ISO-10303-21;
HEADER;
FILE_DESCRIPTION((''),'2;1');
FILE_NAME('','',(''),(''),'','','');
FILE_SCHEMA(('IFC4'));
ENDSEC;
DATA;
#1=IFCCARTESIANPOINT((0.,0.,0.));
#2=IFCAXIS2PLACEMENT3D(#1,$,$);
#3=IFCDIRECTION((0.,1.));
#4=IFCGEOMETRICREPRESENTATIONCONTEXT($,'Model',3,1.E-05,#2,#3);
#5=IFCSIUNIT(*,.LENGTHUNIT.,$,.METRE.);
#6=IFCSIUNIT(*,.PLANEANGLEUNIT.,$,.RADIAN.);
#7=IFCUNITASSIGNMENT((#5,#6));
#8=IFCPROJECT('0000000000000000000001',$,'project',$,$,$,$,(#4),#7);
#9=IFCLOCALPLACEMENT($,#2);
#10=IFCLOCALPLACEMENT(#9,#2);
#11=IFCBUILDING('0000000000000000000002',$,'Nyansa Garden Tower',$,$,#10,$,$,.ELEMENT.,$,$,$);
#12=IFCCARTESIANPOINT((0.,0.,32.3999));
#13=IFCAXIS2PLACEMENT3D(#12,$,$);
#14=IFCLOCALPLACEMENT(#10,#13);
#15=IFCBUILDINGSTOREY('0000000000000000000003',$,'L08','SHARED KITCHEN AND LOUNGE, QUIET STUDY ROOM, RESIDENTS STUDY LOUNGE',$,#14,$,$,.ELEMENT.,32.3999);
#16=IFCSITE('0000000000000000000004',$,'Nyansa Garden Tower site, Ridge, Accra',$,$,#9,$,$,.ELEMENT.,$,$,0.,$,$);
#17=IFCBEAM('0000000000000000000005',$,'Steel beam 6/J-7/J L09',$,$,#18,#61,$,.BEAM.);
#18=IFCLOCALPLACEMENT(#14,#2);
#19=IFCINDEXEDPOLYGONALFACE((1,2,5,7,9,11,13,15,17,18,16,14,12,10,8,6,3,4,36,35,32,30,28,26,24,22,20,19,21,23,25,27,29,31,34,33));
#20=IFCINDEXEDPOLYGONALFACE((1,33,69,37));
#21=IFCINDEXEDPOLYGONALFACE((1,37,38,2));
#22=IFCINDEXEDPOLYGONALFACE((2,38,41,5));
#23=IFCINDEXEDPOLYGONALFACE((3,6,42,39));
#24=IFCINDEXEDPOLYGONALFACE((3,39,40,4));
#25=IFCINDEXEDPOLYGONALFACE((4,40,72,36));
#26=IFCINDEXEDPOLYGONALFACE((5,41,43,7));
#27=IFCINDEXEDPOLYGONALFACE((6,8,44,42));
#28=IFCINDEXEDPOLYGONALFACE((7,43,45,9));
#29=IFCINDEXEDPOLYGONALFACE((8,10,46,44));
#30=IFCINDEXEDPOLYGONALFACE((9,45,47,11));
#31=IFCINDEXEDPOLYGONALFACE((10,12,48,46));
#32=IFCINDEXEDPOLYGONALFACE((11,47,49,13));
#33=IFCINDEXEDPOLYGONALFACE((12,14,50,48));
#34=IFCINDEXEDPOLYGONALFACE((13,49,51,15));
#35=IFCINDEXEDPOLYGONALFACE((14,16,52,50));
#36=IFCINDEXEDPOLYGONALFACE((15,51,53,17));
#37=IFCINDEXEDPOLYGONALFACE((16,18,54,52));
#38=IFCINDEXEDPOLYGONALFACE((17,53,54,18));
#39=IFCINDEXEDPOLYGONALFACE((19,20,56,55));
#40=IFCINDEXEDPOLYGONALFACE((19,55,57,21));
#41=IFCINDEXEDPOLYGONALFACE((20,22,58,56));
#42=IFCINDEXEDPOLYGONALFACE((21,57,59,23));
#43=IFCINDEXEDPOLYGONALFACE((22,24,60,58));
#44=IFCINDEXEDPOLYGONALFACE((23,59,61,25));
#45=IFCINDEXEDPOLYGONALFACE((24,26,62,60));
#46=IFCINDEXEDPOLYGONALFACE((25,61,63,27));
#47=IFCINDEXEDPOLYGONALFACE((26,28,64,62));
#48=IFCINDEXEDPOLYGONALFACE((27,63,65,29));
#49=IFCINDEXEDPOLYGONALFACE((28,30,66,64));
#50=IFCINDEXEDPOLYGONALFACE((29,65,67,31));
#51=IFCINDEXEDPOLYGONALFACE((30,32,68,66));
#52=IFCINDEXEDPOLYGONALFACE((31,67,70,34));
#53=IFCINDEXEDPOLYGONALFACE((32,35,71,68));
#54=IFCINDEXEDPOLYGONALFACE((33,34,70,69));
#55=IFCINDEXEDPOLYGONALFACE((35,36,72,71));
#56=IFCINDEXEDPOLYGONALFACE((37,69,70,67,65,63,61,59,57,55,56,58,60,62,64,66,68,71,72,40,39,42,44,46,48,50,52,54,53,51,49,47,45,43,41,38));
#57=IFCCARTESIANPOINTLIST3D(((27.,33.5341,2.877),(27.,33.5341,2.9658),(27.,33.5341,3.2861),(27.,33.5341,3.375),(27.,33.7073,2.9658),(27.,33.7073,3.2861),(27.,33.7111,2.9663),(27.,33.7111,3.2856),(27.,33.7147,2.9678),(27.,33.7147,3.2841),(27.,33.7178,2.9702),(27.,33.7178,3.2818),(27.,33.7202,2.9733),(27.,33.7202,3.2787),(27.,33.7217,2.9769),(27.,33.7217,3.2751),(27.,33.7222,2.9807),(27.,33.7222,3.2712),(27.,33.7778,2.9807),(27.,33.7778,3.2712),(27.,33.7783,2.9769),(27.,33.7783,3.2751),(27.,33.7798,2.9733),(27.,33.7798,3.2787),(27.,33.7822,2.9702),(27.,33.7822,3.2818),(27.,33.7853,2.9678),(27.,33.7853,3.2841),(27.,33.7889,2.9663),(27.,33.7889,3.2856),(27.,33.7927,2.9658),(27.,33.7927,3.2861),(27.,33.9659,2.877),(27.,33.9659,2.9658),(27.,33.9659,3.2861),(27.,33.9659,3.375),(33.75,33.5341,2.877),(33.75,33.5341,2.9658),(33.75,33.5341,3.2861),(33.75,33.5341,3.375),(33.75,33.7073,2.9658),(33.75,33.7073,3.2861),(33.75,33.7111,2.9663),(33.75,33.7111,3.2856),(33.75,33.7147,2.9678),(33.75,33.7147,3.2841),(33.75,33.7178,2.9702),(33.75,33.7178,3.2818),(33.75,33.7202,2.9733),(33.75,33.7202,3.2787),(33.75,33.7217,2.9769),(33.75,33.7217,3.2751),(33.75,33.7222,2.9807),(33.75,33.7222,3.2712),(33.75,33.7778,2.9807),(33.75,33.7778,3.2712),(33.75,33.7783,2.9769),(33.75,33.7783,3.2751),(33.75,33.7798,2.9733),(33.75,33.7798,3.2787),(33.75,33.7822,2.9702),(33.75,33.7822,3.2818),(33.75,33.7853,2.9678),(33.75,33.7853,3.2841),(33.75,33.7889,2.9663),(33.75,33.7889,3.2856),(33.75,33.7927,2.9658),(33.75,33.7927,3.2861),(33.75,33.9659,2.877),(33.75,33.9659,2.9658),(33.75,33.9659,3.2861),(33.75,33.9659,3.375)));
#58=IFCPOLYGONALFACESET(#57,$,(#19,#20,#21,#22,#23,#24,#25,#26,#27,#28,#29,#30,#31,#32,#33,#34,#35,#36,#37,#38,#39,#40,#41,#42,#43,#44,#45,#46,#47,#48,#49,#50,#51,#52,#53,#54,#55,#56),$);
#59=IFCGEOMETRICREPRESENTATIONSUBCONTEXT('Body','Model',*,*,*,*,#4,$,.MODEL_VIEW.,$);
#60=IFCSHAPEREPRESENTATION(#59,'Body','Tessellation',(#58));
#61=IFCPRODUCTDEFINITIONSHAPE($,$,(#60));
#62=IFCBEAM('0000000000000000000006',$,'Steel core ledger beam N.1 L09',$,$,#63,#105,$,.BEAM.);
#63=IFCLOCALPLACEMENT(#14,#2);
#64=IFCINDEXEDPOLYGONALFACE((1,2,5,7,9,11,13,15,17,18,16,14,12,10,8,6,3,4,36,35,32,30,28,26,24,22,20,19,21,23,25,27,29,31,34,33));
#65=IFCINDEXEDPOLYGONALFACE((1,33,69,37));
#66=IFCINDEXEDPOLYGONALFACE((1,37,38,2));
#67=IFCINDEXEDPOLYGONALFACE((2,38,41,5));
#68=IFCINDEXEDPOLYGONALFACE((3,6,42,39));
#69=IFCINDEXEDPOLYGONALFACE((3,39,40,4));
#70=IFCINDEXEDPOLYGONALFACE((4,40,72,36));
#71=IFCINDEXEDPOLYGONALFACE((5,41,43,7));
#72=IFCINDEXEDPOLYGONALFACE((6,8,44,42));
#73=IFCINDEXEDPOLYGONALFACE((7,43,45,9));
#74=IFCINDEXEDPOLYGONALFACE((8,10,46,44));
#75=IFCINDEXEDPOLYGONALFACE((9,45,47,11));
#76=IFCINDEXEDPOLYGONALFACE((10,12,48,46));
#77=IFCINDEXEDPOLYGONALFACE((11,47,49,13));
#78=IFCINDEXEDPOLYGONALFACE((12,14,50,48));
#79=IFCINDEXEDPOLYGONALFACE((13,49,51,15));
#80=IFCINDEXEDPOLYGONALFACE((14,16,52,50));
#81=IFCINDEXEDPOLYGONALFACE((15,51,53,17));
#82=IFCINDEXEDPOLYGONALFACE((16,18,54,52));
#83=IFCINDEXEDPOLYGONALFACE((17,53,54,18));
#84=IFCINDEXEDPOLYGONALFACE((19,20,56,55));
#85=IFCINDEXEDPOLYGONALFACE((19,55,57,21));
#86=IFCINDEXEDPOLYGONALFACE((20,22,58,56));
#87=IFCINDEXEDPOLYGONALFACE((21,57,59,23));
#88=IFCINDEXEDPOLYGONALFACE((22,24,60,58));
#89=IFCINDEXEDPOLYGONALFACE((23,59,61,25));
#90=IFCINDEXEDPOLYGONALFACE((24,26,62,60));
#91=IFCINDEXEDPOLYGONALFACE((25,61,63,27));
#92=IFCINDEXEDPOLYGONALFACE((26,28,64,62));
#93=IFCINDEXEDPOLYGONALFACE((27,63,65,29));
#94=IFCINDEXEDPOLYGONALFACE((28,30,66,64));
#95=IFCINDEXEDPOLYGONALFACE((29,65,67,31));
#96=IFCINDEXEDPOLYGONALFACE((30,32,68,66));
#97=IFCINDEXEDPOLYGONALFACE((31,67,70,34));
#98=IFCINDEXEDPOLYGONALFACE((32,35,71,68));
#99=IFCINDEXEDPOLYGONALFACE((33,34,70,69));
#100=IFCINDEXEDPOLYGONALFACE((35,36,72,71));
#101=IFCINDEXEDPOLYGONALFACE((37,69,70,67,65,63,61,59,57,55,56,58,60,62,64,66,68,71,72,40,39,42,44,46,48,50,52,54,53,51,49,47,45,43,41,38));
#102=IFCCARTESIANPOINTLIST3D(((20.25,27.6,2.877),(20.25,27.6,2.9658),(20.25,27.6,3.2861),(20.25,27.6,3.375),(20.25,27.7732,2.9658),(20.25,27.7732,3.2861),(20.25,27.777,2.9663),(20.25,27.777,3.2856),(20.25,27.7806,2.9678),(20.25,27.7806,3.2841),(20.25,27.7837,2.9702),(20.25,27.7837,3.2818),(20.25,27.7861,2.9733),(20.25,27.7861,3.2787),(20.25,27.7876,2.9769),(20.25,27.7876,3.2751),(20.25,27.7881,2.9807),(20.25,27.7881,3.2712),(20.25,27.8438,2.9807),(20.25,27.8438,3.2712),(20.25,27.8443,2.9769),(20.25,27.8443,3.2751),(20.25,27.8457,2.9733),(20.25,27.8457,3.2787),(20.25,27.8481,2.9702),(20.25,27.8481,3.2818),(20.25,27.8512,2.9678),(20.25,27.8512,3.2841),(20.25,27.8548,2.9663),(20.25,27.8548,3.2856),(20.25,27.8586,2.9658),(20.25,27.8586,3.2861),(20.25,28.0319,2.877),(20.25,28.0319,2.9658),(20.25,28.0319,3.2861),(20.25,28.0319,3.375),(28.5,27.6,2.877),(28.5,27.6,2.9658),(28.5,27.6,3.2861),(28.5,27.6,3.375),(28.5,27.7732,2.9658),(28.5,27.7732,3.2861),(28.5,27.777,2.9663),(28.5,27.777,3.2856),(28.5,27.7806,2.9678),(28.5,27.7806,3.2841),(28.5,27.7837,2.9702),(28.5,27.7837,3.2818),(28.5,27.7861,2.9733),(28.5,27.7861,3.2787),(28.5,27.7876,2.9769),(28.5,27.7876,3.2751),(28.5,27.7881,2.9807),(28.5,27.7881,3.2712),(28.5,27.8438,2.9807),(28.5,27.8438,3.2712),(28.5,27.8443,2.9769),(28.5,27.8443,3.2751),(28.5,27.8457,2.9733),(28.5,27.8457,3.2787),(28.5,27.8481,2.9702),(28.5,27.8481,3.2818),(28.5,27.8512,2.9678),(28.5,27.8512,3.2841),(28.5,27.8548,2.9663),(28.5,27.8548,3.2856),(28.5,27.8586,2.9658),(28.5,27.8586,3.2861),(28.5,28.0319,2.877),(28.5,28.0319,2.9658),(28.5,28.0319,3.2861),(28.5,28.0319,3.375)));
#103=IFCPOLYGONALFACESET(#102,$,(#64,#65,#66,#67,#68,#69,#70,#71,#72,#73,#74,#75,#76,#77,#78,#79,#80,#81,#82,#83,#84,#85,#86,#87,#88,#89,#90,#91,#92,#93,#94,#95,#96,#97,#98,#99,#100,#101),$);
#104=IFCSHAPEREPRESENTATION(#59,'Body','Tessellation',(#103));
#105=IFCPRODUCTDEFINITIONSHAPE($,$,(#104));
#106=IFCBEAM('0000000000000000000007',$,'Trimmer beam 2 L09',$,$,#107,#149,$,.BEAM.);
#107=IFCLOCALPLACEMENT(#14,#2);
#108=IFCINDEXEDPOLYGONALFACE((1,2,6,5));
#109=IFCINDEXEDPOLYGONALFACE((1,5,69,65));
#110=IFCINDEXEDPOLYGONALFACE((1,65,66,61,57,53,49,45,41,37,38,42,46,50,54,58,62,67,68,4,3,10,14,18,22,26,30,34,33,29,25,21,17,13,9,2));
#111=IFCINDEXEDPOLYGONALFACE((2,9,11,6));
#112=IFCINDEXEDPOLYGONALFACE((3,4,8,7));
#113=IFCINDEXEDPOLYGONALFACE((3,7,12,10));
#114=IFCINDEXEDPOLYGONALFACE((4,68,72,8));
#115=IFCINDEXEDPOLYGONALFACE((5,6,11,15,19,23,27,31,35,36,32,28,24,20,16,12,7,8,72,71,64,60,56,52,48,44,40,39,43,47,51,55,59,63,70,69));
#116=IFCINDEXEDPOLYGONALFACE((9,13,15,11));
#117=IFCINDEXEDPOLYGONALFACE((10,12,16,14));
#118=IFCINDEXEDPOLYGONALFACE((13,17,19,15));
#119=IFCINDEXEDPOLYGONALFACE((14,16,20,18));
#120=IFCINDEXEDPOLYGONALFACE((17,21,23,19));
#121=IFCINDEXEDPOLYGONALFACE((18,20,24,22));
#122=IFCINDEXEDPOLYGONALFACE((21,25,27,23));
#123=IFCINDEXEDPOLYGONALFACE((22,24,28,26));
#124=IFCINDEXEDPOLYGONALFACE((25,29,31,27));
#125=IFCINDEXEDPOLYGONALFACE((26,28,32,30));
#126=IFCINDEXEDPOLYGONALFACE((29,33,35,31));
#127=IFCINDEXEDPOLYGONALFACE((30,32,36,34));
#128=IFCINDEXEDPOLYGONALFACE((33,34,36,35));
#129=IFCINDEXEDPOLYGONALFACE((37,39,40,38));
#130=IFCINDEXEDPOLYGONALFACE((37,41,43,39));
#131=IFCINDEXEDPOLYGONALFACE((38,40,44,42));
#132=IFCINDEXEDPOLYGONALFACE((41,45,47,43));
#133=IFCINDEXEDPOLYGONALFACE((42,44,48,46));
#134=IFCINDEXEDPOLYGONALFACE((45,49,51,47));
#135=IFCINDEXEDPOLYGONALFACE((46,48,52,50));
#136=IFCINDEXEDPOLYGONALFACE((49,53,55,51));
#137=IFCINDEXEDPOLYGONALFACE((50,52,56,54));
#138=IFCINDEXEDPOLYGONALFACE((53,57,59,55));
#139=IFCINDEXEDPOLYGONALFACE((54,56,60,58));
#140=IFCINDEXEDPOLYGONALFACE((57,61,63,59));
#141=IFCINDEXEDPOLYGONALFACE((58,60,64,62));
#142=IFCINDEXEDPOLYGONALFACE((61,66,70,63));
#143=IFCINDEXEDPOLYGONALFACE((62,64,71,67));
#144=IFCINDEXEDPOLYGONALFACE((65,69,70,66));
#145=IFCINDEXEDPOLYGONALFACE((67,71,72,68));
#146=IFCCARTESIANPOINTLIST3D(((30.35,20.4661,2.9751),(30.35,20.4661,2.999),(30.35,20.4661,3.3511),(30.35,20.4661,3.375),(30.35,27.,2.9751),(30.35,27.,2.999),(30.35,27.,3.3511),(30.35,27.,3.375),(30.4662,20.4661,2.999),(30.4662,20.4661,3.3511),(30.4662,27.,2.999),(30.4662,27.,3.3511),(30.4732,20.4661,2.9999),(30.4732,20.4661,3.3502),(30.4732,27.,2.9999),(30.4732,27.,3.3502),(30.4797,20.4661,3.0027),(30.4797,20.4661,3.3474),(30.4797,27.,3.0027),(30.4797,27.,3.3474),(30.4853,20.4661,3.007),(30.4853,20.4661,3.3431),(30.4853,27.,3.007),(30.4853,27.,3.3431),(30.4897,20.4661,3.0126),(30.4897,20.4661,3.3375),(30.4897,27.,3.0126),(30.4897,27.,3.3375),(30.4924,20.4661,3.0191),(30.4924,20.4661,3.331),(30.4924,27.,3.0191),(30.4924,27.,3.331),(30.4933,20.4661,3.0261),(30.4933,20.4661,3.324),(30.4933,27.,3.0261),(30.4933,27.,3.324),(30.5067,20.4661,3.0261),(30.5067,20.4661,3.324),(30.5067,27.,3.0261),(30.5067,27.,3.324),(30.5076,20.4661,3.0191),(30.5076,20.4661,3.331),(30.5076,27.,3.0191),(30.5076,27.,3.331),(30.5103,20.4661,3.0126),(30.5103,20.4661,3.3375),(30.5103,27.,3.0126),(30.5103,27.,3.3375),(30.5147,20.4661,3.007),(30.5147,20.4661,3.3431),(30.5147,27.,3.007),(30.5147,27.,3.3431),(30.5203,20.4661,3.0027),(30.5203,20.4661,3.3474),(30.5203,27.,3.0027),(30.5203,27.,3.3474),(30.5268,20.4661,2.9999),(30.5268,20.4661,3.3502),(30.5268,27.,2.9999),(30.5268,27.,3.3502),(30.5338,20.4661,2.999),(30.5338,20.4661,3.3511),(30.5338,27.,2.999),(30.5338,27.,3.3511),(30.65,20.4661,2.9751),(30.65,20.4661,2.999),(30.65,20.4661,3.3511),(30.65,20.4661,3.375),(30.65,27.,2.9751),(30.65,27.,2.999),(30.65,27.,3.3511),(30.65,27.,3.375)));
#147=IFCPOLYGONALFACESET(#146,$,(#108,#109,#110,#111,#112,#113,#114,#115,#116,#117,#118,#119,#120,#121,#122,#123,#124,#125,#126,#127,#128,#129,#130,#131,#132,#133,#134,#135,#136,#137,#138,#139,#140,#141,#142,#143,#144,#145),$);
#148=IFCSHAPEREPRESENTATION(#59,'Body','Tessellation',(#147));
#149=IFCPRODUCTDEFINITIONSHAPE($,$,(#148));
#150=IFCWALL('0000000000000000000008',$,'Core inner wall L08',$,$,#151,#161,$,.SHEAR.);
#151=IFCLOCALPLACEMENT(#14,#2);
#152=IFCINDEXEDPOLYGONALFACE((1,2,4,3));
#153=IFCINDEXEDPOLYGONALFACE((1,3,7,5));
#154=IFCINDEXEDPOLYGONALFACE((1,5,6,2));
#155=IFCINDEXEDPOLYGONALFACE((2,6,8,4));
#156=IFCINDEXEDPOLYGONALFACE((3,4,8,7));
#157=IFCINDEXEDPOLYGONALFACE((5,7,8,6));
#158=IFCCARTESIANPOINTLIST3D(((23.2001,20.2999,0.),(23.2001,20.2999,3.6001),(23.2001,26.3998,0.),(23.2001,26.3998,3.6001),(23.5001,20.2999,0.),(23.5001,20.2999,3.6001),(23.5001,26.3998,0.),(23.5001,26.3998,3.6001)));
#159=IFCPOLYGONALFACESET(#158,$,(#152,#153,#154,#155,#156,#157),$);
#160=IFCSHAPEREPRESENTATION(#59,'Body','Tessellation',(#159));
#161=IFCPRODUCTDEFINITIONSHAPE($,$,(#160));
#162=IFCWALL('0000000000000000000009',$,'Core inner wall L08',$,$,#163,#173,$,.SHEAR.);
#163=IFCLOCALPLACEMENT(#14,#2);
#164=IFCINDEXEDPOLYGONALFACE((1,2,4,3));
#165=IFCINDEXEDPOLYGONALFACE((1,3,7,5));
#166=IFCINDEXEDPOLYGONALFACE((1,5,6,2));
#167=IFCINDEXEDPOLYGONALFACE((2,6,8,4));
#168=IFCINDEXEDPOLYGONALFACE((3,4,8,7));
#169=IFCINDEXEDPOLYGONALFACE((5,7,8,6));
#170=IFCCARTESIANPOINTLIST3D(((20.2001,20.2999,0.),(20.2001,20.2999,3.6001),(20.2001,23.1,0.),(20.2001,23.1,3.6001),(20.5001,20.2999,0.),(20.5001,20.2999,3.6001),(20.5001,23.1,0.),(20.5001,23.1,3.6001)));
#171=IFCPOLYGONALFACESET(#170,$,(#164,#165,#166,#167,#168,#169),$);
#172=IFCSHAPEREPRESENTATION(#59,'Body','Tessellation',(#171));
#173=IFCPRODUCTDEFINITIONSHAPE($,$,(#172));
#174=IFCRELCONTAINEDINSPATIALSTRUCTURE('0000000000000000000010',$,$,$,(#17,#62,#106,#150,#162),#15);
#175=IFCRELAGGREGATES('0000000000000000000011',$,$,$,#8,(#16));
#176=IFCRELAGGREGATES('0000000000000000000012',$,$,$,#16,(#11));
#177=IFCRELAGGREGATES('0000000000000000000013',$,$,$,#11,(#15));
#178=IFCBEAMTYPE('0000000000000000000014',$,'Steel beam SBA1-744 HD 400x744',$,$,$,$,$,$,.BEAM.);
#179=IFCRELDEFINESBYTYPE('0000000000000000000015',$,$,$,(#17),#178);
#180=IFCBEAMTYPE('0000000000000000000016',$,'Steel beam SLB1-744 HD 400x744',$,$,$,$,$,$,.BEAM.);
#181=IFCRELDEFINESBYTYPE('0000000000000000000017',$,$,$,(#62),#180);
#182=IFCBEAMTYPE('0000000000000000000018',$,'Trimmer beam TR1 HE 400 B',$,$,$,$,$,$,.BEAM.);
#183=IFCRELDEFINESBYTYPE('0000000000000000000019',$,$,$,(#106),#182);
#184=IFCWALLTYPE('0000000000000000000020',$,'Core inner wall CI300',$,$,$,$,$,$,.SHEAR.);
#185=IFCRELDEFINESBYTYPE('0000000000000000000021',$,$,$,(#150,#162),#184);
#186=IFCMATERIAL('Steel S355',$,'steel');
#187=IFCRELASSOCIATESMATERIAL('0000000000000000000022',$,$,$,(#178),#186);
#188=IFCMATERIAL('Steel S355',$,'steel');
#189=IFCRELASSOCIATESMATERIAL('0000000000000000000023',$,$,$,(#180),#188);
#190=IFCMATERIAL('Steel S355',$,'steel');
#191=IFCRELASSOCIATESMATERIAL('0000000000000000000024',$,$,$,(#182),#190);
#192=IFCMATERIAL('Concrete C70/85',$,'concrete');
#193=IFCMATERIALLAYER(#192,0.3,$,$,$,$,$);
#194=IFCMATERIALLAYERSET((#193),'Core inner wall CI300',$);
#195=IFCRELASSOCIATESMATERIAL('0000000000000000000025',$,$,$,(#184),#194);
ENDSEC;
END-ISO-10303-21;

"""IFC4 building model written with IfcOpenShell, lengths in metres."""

from ifc_helpers import new_model, si_unit, direction, frame, frame_2d, origin, origin_2d, place, context, subcontext, project, spatial, rectangle, i_section, extrude, material, layer, layer_set, material_profile, profile_set, type_object, element, save


model = new_model("IFC4")

# Units and contexts
model_context = context("Model", 3, precision=1e-05, world=origin(), true_north=direction((0.0, 1.0)))
body_context = subcontext(model_context, "Body", "Model", "MODEL_VIEW")
ifc_project = project(units=[si_unit("LENGTHUNIT", "METRE"), si_unit("PLANEANGLEUNIT", "RADIAN")], contexts=[model_context])

# Site, building, storey
site_placement = place(None, origin())
site = spatial("IfcSite", under=ifc_project, at=site_placement, Name="Nyansa Garden Tower site, Ridge, Accra", CompositionType="ELEMENT", RefElevation=0.0)
building_placement = place(site_placement, origin())
building = spatial("IfcBuilding", under=site, at=building_placement, Name="Nyansa Garden Tower", CompositionType="ELEMENT")
storey_placement = place(building_placement, frame((0.0, 0.0, 32.3999)))
storey = spatial("IfcBuildingStorey", under=building, at=storey_placement, Name="L08", Description="SHARED KITCHEN AND LOUNGE, QUIET STUDY ROOM, RESIDENTS STUDY LOUNGE", CompositionType="ELEMENT", Elevation=32.3999)

# Beams
ifc_material_1 = material(Name="Steel S355", Category="steel")
ifc_material_profile_1 = material_profile(ifc_material_1, i_section(OverallWidth=0.4319, OverallDepth=0.498, WebThickness=0.0557, FlangeThickness=0.0889, FilletRadius=0.0149, at=origin_2d()), Name="HD 400x744")
ifc_profile_set_1 = profile_set([ifc_material_profile_1], Name="Steel S355")
beam_type_1 = type_object("IfcBeamType", Name="Steel beam SBA1-744 HD 400x744", PredefinedType="BEAM", material=ifc_profile_set_1)
for number, where, z_axis, x_axis, name in (
    (1, (27.0, 33.75, 3.126), (1.0, 0.0, 0.0), (0.0, 1.0, 0.0), "Steel beam 6/J-7/J L09"),
):
    element("IfcBeam", number, at=place(storey_placement, frame(where, z_axis=z_axis, x_axis=x_axis)), inside=storey, type_object=beam_type_1, Name=name, PredefinedType="BEAM", context=body_context, shape_type="SweptSolid", body=[
        extrude(i_section(OverallWidth=0.4319, OverallDepth=0.498, WebThickness=0.0557, FlangeThickness=0.0889, FilletRadius=0.0149, at=origin_2d()), origin(), (0.0, 0.0, 1.0), 6.75),
    ])
ifc_material_2 = material(Name="Steel S355", Category="steel")
ifc_material_profile_2 = material_profile(ifc_material_2, i_section(OverallWidth=0.4319, OverallDepth=0.498, WebThickness=0.0557, FlangeThickness=0.0889, FilletRadius=0.0149, at=origin_2d()), Name="HD 400x744")
ifc_profile_set_2 = profile_set([ifc_material_profile_2], Name="Steel S355")
beam_type_2 = type_object("IfcBeamType", Name="Steel beam SLB1-744 HD 400x744", PredefinedType="BEAM", material=ifc_profile_set_2)
beam_1_placement = place(storey_placement, frame((28.5, 27.8159, 3.126), z_axis=(-1.0, 0.0, 0.0), x_axis=(0.0, -1.0, 0.0)))
element("IfcBeam", 2, at=beam_1_placement, inside=storey, type_object=beam_type_2, Name="Steel core ledger beam N.1 L09", PredefinedType="BEAM", context=body_context, shape_type="SweptSolid", body=[
    extrude(i_section(OverallWidth=0.4319, OverallDepth=0.498, WebThickness=0.0557, FlangeThickness=0.0889, FilletRadius=0.0149, at=origin_2d()), origin(), (0.0, 0.0, 1.0), 8.25),
])
ifc_material_3 = material(Name="Steel S355", Category="steel")
ifc_material_profile_3 = material_profile(ifc_material_3, i_section(OverallWidth=0.3, OverallDepth=0.3999, WebThickness=0.0134, FlangeThickness=0.0239, FilletRadius=0.0271, at=origin_2d()), Name="HE 400 B")
ifc_profile_set_3 = profile_set([ifc_material_profile_3], Name="Steel S355")
beam_type_3 = type_object("IfcBeamType", Name="Trimmer beam TR1 HE 400 B", PredefinedType="BEAM", material=ifc_profile_set_3)
beam_2_placement = place(storey_placement, frame((30.5, 20.4661, 3.175), z_axis=(0.0, 1.0, 0.0), x_axis=(-1.0, 0.0, 0.0)))
element("IfcBeam", 3, at=beam_2_placement, inside=storey, type_object=beam_type_3, Name="Trimmer beam 2 L09", PredefinedType="BEAM", context=body_context, shape_type="SweptSolid", body=[
    extrude(i_section(OverallWidth=0.3, OverallDepth=0.3999, WebThickness=0.0134, FlangeThickness=0.0239, FilletRadius=0.0271, at=origin_2d()), origin(), (0.0, 0.0, 1.0), 6.5339),
])

# Walls
ifc_material_4 = material(Name="Concrete C70/85", Category="concrete")
ifc_layer_1 = layer(ifc_material_4, 0.3)
ifc_layer_set_1 = layer_set([ifc_layer_1], Name="Core inner wall CI300")
wall_type_1 = type_object("IfcWallType", Name="Core inner wall CI300", PredefinedType="SHEAR", material=ifc_layer_set_1)
wall_1_placement = place(storey_placement, frame((23.3501, 20.3, 0.0), z_axis=(0.0, 0.0, 1.0), x_axis=(0.0, 1.0, 0.0)))
element("IfcWall", 4, at=wall_1_placement, inside=storey, type_object=wall_type_1, Name="Core inner wall L08", PredefinedType="SHEAR", context=body_context, shape_type="SweptSolid", body=[
    extrude(rectangle(XDim=6.0999, YDim=0.3, at=frame_2d((3.0498, 0.0))), origin(), (0.0, 0.0, 1.0), 3.6001),
])
wall_2_placement = place(storey_placement, frame((20.3501, 20.3, 0.0), z_axis=(0.0, 0.0, 1.0), x_axis=(0.0, 1.0, 0.0)))
element("IfcWall", 5, at=wall_2_placement, inside=storey, type_object=wall_type_1, Name="Core inner wall L08", PredefinedType="SHEAR", context=body_context, shape_type="SweptSolid", body=[
    extrude(rectangle(XDim=2.8, YDim=0.3, at=frame_2d((1.3999, 0.0))), origin(), (0.0, 0.0, 1.0), 3.6001),
])

save(model, "model.ifc")
